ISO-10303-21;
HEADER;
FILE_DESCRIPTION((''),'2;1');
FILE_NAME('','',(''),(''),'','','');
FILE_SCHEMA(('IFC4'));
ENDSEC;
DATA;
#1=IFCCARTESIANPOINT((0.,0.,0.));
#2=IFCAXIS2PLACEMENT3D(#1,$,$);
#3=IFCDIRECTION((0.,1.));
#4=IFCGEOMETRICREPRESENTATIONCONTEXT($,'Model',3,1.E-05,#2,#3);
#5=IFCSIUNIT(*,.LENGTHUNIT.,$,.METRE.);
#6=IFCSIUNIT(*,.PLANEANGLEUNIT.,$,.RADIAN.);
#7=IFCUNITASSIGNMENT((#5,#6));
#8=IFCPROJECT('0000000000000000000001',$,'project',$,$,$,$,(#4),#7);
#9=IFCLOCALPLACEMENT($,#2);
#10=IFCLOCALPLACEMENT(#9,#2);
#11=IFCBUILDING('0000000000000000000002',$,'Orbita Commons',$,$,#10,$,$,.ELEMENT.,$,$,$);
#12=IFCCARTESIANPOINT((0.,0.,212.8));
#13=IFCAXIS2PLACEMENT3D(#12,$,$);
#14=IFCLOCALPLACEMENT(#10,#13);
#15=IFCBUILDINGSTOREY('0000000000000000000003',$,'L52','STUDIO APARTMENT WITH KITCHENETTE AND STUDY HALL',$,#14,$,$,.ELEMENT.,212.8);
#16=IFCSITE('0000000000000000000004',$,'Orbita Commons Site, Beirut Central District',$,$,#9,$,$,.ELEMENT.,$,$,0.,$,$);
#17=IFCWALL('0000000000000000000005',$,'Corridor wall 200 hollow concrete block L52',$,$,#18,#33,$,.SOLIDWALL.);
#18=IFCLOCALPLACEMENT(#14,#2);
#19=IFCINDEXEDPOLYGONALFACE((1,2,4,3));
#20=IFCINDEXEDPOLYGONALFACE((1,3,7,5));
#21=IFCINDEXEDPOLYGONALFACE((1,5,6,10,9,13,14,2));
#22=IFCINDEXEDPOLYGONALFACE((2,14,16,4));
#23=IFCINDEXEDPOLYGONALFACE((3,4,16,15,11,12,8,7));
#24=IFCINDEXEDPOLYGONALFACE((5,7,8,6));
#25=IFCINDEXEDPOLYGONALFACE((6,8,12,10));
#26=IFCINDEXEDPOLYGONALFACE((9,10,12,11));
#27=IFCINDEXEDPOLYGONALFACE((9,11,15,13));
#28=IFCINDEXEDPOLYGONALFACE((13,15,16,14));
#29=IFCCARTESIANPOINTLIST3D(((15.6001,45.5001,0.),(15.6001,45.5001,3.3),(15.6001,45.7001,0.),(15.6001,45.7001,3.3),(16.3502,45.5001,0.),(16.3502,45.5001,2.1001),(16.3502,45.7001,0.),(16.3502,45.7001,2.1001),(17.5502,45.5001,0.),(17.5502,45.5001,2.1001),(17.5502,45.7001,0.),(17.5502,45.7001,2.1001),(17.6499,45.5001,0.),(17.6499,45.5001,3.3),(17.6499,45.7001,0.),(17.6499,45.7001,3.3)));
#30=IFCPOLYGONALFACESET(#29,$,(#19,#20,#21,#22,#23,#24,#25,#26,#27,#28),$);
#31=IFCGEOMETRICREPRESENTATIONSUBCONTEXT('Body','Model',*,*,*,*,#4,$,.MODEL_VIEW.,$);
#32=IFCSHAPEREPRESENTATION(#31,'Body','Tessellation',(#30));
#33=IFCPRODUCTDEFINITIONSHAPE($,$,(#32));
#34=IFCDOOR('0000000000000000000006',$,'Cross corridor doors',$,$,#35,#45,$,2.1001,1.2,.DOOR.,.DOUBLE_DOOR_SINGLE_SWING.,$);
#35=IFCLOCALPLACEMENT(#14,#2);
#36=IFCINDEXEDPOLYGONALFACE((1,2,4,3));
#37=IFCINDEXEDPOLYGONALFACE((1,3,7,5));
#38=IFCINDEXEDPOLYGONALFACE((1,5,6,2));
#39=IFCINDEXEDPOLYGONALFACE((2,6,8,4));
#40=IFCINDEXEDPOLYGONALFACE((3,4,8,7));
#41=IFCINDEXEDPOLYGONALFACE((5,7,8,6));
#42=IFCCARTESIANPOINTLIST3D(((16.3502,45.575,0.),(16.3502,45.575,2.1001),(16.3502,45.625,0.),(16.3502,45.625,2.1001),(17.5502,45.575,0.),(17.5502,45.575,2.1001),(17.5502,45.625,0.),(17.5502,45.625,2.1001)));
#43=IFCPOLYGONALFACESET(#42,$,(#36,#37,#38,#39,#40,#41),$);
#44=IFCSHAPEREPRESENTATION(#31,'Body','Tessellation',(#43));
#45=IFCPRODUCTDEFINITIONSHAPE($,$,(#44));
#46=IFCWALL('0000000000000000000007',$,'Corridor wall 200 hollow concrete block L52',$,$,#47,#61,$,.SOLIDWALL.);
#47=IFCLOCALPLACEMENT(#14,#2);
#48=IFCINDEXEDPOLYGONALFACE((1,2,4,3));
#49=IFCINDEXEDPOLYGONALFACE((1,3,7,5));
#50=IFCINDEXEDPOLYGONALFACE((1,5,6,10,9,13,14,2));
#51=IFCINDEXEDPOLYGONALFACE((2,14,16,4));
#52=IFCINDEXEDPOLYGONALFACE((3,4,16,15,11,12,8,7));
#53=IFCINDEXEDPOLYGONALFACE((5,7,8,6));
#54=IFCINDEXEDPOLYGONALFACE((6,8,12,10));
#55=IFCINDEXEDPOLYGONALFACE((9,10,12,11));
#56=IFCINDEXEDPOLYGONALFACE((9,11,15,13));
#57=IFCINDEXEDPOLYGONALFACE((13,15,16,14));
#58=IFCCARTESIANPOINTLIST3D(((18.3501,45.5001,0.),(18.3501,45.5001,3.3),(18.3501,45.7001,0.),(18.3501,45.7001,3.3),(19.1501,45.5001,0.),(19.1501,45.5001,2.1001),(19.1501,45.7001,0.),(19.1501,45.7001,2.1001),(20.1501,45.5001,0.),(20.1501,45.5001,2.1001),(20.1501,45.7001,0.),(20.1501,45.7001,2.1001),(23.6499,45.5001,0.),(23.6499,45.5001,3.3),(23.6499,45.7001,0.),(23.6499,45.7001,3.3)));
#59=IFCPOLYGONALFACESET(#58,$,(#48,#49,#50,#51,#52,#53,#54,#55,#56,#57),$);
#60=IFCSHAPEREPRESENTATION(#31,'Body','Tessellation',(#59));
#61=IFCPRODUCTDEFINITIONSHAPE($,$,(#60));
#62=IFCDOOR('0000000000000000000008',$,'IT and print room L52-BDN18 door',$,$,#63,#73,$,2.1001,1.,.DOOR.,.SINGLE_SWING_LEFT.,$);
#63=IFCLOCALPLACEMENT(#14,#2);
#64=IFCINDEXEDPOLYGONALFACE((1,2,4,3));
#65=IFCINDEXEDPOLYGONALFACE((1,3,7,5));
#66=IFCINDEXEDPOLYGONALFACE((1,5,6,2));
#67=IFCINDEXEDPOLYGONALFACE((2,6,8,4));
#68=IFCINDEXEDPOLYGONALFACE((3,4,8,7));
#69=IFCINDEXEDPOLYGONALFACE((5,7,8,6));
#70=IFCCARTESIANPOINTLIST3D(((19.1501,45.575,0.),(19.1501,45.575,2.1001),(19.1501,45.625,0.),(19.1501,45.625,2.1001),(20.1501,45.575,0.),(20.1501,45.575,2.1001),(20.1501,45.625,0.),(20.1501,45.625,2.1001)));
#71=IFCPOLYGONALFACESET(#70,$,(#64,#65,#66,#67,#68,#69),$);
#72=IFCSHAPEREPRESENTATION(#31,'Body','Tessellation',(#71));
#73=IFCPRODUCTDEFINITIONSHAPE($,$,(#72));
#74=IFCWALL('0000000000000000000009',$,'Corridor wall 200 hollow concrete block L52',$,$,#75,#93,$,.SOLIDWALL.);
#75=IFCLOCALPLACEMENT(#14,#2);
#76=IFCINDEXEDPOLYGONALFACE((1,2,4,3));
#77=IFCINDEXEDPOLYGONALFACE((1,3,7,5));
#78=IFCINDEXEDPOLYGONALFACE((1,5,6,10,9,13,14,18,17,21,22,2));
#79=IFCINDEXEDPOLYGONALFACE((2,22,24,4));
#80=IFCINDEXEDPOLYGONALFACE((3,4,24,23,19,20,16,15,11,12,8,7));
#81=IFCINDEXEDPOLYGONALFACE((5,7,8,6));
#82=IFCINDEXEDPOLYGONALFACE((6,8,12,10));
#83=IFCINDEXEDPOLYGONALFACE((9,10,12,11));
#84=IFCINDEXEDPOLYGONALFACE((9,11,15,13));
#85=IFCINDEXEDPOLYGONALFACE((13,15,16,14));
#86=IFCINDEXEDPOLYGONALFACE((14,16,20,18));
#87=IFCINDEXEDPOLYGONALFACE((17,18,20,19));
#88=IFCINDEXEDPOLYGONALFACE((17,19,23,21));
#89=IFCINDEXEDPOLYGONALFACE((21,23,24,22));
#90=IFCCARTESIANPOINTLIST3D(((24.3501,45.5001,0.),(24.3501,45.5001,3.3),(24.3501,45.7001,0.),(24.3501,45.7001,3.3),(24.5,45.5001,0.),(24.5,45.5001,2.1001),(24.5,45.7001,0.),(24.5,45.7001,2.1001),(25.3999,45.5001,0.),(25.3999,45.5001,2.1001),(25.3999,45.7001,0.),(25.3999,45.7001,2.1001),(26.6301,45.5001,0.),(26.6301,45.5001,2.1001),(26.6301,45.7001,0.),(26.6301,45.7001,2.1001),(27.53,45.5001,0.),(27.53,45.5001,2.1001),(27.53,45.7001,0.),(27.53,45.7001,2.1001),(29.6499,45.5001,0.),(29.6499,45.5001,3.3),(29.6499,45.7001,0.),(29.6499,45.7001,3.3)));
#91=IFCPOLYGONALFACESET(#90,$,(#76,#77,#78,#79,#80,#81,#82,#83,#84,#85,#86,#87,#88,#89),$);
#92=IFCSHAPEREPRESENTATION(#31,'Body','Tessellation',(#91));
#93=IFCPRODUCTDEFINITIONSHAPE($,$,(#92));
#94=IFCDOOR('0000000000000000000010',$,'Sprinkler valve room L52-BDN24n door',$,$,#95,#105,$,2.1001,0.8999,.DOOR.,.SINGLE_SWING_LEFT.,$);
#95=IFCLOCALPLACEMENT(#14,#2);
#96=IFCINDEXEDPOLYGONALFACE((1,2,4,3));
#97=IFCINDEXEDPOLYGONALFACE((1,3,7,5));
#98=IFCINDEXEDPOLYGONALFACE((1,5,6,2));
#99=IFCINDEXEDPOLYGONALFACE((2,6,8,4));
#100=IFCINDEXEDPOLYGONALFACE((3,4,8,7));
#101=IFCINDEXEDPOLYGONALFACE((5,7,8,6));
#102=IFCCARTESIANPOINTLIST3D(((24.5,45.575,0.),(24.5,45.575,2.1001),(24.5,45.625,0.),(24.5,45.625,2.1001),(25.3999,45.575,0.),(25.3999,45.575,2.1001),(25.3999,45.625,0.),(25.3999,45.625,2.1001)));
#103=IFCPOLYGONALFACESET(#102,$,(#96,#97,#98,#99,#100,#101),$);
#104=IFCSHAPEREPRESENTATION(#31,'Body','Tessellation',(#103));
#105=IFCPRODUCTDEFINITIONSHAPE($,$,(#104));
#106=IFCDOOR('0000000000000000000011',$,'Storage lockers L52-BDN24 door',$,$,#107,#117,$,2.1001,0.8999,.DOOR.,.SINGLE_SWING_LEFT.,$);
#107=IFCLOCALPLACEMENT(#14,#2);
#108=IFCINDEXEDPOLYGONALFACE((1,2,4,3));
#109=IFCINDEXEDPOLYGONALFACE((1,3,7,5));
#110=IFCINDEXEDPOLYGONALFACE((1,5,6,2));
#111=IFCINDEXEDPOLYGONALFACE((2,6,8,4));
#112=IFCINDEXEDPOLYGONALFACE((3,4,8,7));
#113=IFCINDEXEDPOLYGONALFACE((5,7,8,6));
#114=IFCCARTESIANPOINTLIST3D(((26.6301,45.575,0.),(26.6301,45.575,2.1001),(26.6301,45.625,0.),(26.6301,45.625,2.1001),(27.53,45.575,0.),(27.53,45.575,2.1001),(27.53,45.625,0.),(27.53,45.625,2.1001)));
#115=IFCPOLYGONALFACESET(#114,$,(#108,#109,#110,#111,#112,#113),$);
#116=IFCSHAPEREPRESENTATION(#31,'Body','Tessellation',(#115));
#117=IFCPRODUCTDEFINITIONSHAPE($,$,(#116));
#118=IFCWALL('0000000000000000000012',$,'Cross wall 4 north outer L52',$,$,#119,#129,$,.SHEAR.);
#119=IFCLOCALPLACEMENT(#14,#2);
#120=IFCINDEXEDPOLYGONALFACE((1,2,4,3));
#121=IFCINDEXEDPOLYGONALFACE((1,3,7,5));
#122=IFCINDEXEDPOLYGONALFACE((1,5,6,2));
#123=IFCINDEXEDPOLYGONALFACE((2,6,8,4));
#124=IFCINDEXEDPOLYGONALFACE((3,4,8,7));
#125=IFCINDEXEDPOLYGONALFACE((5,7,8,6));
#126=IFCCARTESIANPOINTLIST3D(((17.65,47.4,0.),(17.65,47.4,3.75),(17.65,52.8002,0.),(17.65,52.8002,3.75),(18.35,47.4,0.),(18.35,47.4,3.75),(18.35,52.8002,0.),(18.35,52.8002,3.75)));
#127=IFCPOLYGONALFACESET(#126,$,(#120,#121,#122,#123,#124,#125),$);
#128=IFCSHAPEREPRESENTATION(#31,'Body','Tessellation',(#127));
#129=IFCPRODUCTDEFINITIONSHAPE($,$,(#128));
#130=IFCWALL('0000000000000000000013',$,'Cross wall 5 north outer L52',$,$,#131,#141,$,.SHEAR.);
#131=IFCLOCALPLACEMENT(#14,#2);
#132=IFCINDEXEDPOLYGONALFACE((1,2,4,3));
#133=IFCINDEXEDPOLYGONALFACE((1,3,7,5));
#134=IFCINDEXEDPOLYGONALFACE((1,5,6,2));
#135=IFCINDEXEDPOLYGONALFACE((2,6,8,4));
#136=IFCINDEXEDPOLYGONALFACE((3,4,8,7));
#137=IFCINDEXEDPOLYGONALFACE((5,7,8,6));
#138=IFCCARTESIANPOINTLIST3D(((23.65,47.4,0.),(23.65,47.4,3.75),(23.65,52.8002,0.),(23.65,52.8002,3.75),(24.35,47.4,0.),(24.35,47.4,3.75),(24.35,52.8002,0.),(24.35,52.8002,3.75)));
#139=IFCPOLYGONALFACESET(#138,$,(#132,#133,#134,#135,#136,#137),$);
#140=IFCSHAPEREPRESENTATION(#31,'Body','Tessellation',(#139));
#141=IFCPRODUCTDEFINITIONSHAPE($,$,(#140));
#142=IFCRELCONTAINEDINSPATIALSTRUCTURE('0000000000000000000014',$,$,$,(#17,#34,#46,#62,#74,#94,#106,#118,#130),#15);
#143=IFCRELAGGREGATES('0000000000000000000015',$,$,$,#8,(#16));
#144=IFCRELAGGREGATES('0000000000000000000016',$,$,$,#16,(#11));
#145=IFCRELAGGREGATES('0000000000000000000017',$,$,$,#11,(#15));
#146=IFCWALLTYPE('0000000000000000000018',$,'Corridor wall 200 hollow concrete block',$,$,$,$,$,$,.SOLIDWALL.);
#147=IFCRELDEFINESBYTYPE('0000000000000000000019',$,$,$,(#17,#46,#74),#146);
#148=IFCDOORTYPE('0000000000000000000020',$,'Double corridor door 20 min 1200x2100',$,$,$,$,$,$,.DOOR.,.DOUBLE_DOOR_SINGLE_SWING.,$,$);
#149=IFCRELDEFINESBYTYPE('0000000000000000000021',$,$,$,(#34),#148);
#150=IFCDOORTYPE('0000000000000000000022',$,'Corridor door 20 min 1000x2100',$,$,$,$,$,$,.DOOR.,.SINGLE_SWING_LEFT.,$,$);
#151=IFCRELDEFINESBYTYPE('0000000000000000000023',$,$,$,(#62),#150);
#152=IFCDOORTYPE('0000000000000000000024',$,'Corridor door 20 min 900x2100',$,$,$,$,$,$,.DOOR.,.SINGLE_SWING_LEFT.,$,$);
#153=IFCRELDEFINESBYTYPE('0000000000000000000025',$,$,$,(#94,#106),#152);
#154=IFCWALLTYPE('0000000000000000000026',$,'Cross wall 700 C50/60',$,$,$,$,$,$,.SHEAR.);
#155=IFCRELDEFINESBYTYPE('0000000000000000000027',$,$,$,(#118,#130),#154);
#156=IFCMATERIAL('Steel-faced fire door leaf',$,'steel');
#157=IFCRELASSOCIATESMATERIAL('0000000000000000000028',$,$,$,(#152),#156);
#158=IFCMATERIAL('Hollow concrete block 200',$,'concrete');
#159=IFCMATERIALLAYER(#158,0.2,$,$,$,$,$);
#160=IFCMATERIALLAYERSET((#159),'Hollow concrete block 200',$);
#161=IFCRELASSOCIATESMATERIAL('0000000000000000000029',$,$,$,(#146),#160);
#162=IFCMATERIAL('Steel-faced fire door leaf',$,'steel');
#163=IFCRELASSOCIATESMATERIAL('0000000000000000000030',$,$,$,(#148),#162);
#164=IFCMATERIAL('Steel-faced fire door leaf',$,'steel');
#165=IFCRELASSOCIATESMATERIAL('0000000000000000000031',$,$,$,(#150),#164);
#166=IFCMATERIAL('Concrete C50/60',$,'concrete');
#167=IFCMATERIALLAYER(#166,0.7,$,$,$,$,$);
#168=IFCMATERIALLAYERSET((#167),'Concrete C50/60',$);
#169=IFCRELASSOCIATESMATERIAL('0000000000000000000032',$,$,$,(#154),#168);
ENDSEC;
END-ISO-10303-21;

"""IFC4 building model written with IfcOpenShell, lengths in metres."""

from ifc_helpers import new_model, si_unit, direction, frame, frame_2d, origin, place, context, subcontext, project, spatial, rectangle, extrude, material, layer, layer_set, type_object, element, fill, save


model = new_model("IFC4")

# Units and contexts
model_context = context("Model", 3, precision=1e-05, world=origin(), true_north=direction((0.0, 1.0)))
body_context = subcontext(model_context, "Body", "Model", "MODEL_VIEW")
ifc_project = project(units=[si_unit("LENGTHUNIT", "METRE"), si_unit("PLANEANGLEUNIT", "RADIAN")], contexts=[model_context])

# Site, building, storey
site_placement = place(None, origin())
site = spatial("IfcSite", under=ifc_project, at=site_placement, Name="Orbita Commons Site, Beirut Central District", CompositionType="ELEMENT", RefElevation=0.0)
building_placement = place(site_placement, origin())
building = spatial("IfcBuilding", under=site, at=building_placement, Name="Orbita Commons", CompositionType="ELEMENT")
storey_placement = place(building_placement, frame((0.0, 0.0, 212.8)))
storey = spatial("IfcBuildingStorey", under=building, at=storey_placement, Name="L52", Description="STUDIO APARTMENT WITH KITCHENETTE AND STUDY HALL", CompositionType="ELEMENT", Elevation=212.8)

# Walls, openings, doors
ifc_material_1 = material(Name="Steel-faced fire door leaf", Category="steel")
door_type_1 = type_object("IfcDoorType", Name="Corridor door 20 min 900x2100", OperationType="SINGLE_SWING_LEFT", PredefinedType="DOOR", material=ifc_material_1)
ifc_material_2 = material(Name="Hollow concrete block 200", Category="concrete")
ifc_layer_1 = layer(ifc_material_2, 0.2)
ifc_layer_set_1 = layer_set([ifc_layer_1], Name="Hollow concrete block 200")
wall_type_1 = type_object("IfcWallType", Name="Corridor wall 200 hollow concrete block", PredefinedType="SOLIDWALL", material=ifc_layer_set_1)
wall_1_placement = place(storey_placement, frame((15.6001, 45.6001, 0.0), z_axis=(0.0, 0.0, 1.0), x_axis=(1.0, 0.0, 0.0)))
wall_1 = element("IfcWall", 1, at=wall_1_placement, inside=storey, type_object=wall_type_1, Name="Corridor wall 200 hollow concrete block L52", PredefinedType="SOLIDWALL", context=body_context, shape_type="SweptSolid", body=[
    extrude(rectangle(XDim=2.0498, YDim=0.2, at=frame_2d((1.0249, 0.0))), origin(), (0.0, 0.0, 1.0), 3.3),
])
opening_1_placement = place(wall_1_placement, frame((0.75, 0.0, 0.0)))
opening_1 = element("IfcOpeningElement", 2, at=opening_1_placement, cuts=wall_1, PredefinedType="OPENING", context=body_context, shape_type="SweptSolid", body=[
    extrude(rectangle(XDim=1.2, YDim=2.1001, at=frame_2d((0.6001, 1.05))), frame((0.0, 0.1099, 0.0), z_axis=(0.0, -1.0, 0.0), x_axis=(1.0, 0.0, 0.0)), (0.0, 0.0, 1.0), 0.22),
])
ifc_material_3 = material(Name="Steel-faced fire door leaf", Category="steel")
door_type_2 = type_object("IfcDoorType", Name="Double corridor door 20 min 1200x2100", OperationType="DOUBLE_DOOR_SINGLE_SWING", PredefinedType="DOOR", material=ifc_material_3)
door_1_placement = place(opening_1_placement, origin())
door_1 = element("IfcDoor", 3, at=door_1_placement, inside=storey, type_object=door_type_2, Name="Cross corridor doors", OperationType="DOUBLE_DOOR_SINGLE_SWING", OverallHeight=2.1001, OverallWidth=1.2, PredefinedType="DOOR", context=body_context, shape_type="SweptSolid", body=[
    extrude(rectangle(XDim=1.2, YDim=2.1001, at=frame_2d((0.6001, 1.05))), frame((0.0, 0.0249, 0.0), z_axis=(0.0, -1.0, 0.0), x_axis=(1.0, 0.0, 0.0)), (0.0, 0.0, 1.0), 0.05),
])
fill(opening_1, door_1)
wall_2_placement = place(storey_placement, frame((18.3501, 45.6001, 0.0), z_axis=(0.0, 0.0, 1.0), x_axis=(1.0, 0.0, 0.0)))
wall_2 = element("IfcWall", 4, at=wall_2_placement, inside=storey, type_object=wall_type_1, Name="Corridor wall 200 hollow concrete block L52", PredefinedType="SOLIDWALL", context=body_context, shape_type="SweptSolid", body=[
    extrude(rectangle(XDim=5.2998, YDim=0.2, at=frame_2d((2.6499, 0.0))), origin(), (0.0, 0.0, 1.0), 3.3),
])
opening_2_placement = place(wall_2_placement, frame((0.8, 0.0, 0.0)))
opening_2 = element("IfcOpeningElement", 5, at=opening_2_placement, cuts=wall_2, PredefinedType="OPENING", context=body_context, shape_type="SweptSolid", body=[
    extrude(rectangle(XDim=1.0, YDim=2.1001, at=frame_2d((0.5, 1.05))), frame((0.0, 0.1099, 0.0), z_axis=(0.0, -1.0, 0.0), x_axis=(1.0, 0.0, 0.0)), (0.0, 0.0, 1.0), 0.22),
])
ifc_material_4 = material(Name="Steel-faced fire door leaf", Category="steel")
door_type_3 = type_object("IfcDoorType", Name="Corridor door 20 min 1000x2100", OperationType="SINGLE_SWING_LEFT", PredefinedType="DOOR", material=ifc_material_4)
door_2_placement = place(opening_2_placement, origin())
door_2 = element("IfcDoor", 6, at=door_2_placement, inside=storey, type_object=door_type_3, Name="IT and print room L52-BDN18 door", OperationType="SINGLE_SWING_LEFT", OverallHeight=2.1001, OverallWidth=1.0, PredefinedType="DOOR", context=body_context, shape_type="SweptSolid", body=[
    extrude(rectangle(XDim=1.0, YDim=2.1001, at=frame_2d((0.5, 1.05))), frame((0.0, 0.0249, 0.0), z_axis=(0.0, -1.0, 0.0), x_axis=(1.0, 0.0, 0.0)), (0.0, 0.0, 1.0), 0.05),
])
fill(opening_2, door_2)

# Wall, openings, doors
wall_3_placement = place(storey_placement, frame((24.3501, 45.6001, 0.0), z_axis=(0.0, 0.0, 1.0), x_axis=(1.0, 0.0, 0.0)))
wall_3 = element("IfcWall", 7, at=wall_3_placement, inside=storey, type_object=wall_type_1, Name="Corridor wall 200 hollow concrete block L52", PredefinedType="SOLIDWALL", context=body_context, shape_type="SweptSolid", body=[
    extrude(rectangle(XDim=5.2998, YDim=0.2, at=frame_2d((2.6499, 0.0))), origin(), (0.0, 0.0, 1.0), 3.3),
])
opening_3_placement = place(wall_3_placement, frame((0.1499, 0.0, 0.0)))
opening_3 = element("IfcOpeningElement", 8, at=opening_3_placement, cuts=wall_3, PredefinedType="OPENING", context=body_context, shape_type="SweptSolid", body=[
    extrude(rectangle(XDim=0.8999, YDim=2.1001, at=frame_2d((0.45, 1.05))), frame((0.0, 0.1099, 0.0), z_axis=(0.0, -1.0, 0.0), x_axis=(1.0, 0.0, 0.0)), (0.0, 0.0, 1.0), 0.22),
])
opening_4_placement = place(wall_3_placement, frame((2.28, 0.0, 0.0)))
opening_4 = element("IfcOpeningElement", 9, at=opening_4_placement, cuts=wall_3, PredefinedType="OPENING", context=body_context, shape_type="SweptSolid", body=[
    extrude(rectangle(XDim=0.8999, YDim=2.1001, at=frame_2d((0.45, 1.05))), frame((0.0, 0.1099, 0.0), z_axis=(0.0, -1.0, 0.0), x_axis=(1.0, 0.0, 0.0)), (0.0, 0.0, 1.0), 0.22),
])
door_3_placement = place(opening_3_placement, origin())
door_3 = element("IfcDoor", 10, at=door_3_placement, inside=storey, type_object=door_type_1, Name="Sprinkler valve room L52-BDN24n door", OperationType="SINGLE_SWING_LEFT", OverallHeight=2.1001, OverallWidth=0.8999, PredefinedType="DOOR", context=body_context, shape_type="SweptSolid", body=[
    extrude(rectangle(XDim=0.8999, YDim=2.1001, at=frame_2d((0.45, 1.05))), frame((0.0, 0.0249, 0.0), z_axis=(0.0, -1.0, 0.0), x_axis=(1.0, 0.0, 0.0)), (0.0, 0.0, 1.0), 0.05),
])
fill(opening_3, door_3)
door_4_placement = place(opening_4_placement, origin())
door_4 = element("IfcDoor", 11, at=door_4_placement, inside=storey, type_object=door_type_1, Name="Storage lockers L52-BDN24 door", OperationType="SINGLE_SWING_LEFT", OverallHeight=2.1001, OverallWidth=0.8999, PredefinedType="DOOR", context=body_context, shape_type="SweptSolid", body=[
    extrude(rectangle(XDim=0.8999, YDim=2.1001, at=frame_2d((0.45, 1.05))), frame((0.0, 0.0249, 0.0), z_axis=(0.0, -1.0, 0.0), x_axis=(1.0, 0.0, 0.0)), (0.0, 0.0, 1.0), 0.05),
])
fill(opening_4, door_4)

# Walls
ifc_material_5 = material(Name="Concrete C50/60", Category="concrete")
ifc_layer_2 = layer(ifc_material_5, 0.7)
ifc_layer_set_2 = layer_set([ifc_layer_2], Name="Concrete C50/60")
wall_type_2 = type_object("IfcWallType", Name="Cross wall 700 C50/60", PredefinedType="SHEAR", material=ifc_layer_set_2)
for number, where, z_axis, x_axis, name in (
    (12, (18.0, 47.3999, 0.0), (0.0, 0.0, 1.0), (0.0, 1.0, 0.0), "Cross wall 4 north outer L52"),
    (13, (24.0, 47.3999, 0.0), (0.0, 0.0, 1.0), (0.0, 1.0, 0.0), "Cross wall 5 north outer L52"),
):
    element("IfcWall", number, at=place(storey_placement, frame(where, z_axis=z_axis, x_axis=x_axis)), inside=storey, type_object=wall_type_2, Name=name, PredefinedType="SHEAR", context=body_context, shape_type="SweptSolid", body=[
        extrude(rectangle(XDim=5.4001, YDim=0.7, at=frame_2d((2.7002, 0.0))), origin(), (0.0, 0.0, 1.0), 3.75),
    ])

save(model, "model.ifc")
